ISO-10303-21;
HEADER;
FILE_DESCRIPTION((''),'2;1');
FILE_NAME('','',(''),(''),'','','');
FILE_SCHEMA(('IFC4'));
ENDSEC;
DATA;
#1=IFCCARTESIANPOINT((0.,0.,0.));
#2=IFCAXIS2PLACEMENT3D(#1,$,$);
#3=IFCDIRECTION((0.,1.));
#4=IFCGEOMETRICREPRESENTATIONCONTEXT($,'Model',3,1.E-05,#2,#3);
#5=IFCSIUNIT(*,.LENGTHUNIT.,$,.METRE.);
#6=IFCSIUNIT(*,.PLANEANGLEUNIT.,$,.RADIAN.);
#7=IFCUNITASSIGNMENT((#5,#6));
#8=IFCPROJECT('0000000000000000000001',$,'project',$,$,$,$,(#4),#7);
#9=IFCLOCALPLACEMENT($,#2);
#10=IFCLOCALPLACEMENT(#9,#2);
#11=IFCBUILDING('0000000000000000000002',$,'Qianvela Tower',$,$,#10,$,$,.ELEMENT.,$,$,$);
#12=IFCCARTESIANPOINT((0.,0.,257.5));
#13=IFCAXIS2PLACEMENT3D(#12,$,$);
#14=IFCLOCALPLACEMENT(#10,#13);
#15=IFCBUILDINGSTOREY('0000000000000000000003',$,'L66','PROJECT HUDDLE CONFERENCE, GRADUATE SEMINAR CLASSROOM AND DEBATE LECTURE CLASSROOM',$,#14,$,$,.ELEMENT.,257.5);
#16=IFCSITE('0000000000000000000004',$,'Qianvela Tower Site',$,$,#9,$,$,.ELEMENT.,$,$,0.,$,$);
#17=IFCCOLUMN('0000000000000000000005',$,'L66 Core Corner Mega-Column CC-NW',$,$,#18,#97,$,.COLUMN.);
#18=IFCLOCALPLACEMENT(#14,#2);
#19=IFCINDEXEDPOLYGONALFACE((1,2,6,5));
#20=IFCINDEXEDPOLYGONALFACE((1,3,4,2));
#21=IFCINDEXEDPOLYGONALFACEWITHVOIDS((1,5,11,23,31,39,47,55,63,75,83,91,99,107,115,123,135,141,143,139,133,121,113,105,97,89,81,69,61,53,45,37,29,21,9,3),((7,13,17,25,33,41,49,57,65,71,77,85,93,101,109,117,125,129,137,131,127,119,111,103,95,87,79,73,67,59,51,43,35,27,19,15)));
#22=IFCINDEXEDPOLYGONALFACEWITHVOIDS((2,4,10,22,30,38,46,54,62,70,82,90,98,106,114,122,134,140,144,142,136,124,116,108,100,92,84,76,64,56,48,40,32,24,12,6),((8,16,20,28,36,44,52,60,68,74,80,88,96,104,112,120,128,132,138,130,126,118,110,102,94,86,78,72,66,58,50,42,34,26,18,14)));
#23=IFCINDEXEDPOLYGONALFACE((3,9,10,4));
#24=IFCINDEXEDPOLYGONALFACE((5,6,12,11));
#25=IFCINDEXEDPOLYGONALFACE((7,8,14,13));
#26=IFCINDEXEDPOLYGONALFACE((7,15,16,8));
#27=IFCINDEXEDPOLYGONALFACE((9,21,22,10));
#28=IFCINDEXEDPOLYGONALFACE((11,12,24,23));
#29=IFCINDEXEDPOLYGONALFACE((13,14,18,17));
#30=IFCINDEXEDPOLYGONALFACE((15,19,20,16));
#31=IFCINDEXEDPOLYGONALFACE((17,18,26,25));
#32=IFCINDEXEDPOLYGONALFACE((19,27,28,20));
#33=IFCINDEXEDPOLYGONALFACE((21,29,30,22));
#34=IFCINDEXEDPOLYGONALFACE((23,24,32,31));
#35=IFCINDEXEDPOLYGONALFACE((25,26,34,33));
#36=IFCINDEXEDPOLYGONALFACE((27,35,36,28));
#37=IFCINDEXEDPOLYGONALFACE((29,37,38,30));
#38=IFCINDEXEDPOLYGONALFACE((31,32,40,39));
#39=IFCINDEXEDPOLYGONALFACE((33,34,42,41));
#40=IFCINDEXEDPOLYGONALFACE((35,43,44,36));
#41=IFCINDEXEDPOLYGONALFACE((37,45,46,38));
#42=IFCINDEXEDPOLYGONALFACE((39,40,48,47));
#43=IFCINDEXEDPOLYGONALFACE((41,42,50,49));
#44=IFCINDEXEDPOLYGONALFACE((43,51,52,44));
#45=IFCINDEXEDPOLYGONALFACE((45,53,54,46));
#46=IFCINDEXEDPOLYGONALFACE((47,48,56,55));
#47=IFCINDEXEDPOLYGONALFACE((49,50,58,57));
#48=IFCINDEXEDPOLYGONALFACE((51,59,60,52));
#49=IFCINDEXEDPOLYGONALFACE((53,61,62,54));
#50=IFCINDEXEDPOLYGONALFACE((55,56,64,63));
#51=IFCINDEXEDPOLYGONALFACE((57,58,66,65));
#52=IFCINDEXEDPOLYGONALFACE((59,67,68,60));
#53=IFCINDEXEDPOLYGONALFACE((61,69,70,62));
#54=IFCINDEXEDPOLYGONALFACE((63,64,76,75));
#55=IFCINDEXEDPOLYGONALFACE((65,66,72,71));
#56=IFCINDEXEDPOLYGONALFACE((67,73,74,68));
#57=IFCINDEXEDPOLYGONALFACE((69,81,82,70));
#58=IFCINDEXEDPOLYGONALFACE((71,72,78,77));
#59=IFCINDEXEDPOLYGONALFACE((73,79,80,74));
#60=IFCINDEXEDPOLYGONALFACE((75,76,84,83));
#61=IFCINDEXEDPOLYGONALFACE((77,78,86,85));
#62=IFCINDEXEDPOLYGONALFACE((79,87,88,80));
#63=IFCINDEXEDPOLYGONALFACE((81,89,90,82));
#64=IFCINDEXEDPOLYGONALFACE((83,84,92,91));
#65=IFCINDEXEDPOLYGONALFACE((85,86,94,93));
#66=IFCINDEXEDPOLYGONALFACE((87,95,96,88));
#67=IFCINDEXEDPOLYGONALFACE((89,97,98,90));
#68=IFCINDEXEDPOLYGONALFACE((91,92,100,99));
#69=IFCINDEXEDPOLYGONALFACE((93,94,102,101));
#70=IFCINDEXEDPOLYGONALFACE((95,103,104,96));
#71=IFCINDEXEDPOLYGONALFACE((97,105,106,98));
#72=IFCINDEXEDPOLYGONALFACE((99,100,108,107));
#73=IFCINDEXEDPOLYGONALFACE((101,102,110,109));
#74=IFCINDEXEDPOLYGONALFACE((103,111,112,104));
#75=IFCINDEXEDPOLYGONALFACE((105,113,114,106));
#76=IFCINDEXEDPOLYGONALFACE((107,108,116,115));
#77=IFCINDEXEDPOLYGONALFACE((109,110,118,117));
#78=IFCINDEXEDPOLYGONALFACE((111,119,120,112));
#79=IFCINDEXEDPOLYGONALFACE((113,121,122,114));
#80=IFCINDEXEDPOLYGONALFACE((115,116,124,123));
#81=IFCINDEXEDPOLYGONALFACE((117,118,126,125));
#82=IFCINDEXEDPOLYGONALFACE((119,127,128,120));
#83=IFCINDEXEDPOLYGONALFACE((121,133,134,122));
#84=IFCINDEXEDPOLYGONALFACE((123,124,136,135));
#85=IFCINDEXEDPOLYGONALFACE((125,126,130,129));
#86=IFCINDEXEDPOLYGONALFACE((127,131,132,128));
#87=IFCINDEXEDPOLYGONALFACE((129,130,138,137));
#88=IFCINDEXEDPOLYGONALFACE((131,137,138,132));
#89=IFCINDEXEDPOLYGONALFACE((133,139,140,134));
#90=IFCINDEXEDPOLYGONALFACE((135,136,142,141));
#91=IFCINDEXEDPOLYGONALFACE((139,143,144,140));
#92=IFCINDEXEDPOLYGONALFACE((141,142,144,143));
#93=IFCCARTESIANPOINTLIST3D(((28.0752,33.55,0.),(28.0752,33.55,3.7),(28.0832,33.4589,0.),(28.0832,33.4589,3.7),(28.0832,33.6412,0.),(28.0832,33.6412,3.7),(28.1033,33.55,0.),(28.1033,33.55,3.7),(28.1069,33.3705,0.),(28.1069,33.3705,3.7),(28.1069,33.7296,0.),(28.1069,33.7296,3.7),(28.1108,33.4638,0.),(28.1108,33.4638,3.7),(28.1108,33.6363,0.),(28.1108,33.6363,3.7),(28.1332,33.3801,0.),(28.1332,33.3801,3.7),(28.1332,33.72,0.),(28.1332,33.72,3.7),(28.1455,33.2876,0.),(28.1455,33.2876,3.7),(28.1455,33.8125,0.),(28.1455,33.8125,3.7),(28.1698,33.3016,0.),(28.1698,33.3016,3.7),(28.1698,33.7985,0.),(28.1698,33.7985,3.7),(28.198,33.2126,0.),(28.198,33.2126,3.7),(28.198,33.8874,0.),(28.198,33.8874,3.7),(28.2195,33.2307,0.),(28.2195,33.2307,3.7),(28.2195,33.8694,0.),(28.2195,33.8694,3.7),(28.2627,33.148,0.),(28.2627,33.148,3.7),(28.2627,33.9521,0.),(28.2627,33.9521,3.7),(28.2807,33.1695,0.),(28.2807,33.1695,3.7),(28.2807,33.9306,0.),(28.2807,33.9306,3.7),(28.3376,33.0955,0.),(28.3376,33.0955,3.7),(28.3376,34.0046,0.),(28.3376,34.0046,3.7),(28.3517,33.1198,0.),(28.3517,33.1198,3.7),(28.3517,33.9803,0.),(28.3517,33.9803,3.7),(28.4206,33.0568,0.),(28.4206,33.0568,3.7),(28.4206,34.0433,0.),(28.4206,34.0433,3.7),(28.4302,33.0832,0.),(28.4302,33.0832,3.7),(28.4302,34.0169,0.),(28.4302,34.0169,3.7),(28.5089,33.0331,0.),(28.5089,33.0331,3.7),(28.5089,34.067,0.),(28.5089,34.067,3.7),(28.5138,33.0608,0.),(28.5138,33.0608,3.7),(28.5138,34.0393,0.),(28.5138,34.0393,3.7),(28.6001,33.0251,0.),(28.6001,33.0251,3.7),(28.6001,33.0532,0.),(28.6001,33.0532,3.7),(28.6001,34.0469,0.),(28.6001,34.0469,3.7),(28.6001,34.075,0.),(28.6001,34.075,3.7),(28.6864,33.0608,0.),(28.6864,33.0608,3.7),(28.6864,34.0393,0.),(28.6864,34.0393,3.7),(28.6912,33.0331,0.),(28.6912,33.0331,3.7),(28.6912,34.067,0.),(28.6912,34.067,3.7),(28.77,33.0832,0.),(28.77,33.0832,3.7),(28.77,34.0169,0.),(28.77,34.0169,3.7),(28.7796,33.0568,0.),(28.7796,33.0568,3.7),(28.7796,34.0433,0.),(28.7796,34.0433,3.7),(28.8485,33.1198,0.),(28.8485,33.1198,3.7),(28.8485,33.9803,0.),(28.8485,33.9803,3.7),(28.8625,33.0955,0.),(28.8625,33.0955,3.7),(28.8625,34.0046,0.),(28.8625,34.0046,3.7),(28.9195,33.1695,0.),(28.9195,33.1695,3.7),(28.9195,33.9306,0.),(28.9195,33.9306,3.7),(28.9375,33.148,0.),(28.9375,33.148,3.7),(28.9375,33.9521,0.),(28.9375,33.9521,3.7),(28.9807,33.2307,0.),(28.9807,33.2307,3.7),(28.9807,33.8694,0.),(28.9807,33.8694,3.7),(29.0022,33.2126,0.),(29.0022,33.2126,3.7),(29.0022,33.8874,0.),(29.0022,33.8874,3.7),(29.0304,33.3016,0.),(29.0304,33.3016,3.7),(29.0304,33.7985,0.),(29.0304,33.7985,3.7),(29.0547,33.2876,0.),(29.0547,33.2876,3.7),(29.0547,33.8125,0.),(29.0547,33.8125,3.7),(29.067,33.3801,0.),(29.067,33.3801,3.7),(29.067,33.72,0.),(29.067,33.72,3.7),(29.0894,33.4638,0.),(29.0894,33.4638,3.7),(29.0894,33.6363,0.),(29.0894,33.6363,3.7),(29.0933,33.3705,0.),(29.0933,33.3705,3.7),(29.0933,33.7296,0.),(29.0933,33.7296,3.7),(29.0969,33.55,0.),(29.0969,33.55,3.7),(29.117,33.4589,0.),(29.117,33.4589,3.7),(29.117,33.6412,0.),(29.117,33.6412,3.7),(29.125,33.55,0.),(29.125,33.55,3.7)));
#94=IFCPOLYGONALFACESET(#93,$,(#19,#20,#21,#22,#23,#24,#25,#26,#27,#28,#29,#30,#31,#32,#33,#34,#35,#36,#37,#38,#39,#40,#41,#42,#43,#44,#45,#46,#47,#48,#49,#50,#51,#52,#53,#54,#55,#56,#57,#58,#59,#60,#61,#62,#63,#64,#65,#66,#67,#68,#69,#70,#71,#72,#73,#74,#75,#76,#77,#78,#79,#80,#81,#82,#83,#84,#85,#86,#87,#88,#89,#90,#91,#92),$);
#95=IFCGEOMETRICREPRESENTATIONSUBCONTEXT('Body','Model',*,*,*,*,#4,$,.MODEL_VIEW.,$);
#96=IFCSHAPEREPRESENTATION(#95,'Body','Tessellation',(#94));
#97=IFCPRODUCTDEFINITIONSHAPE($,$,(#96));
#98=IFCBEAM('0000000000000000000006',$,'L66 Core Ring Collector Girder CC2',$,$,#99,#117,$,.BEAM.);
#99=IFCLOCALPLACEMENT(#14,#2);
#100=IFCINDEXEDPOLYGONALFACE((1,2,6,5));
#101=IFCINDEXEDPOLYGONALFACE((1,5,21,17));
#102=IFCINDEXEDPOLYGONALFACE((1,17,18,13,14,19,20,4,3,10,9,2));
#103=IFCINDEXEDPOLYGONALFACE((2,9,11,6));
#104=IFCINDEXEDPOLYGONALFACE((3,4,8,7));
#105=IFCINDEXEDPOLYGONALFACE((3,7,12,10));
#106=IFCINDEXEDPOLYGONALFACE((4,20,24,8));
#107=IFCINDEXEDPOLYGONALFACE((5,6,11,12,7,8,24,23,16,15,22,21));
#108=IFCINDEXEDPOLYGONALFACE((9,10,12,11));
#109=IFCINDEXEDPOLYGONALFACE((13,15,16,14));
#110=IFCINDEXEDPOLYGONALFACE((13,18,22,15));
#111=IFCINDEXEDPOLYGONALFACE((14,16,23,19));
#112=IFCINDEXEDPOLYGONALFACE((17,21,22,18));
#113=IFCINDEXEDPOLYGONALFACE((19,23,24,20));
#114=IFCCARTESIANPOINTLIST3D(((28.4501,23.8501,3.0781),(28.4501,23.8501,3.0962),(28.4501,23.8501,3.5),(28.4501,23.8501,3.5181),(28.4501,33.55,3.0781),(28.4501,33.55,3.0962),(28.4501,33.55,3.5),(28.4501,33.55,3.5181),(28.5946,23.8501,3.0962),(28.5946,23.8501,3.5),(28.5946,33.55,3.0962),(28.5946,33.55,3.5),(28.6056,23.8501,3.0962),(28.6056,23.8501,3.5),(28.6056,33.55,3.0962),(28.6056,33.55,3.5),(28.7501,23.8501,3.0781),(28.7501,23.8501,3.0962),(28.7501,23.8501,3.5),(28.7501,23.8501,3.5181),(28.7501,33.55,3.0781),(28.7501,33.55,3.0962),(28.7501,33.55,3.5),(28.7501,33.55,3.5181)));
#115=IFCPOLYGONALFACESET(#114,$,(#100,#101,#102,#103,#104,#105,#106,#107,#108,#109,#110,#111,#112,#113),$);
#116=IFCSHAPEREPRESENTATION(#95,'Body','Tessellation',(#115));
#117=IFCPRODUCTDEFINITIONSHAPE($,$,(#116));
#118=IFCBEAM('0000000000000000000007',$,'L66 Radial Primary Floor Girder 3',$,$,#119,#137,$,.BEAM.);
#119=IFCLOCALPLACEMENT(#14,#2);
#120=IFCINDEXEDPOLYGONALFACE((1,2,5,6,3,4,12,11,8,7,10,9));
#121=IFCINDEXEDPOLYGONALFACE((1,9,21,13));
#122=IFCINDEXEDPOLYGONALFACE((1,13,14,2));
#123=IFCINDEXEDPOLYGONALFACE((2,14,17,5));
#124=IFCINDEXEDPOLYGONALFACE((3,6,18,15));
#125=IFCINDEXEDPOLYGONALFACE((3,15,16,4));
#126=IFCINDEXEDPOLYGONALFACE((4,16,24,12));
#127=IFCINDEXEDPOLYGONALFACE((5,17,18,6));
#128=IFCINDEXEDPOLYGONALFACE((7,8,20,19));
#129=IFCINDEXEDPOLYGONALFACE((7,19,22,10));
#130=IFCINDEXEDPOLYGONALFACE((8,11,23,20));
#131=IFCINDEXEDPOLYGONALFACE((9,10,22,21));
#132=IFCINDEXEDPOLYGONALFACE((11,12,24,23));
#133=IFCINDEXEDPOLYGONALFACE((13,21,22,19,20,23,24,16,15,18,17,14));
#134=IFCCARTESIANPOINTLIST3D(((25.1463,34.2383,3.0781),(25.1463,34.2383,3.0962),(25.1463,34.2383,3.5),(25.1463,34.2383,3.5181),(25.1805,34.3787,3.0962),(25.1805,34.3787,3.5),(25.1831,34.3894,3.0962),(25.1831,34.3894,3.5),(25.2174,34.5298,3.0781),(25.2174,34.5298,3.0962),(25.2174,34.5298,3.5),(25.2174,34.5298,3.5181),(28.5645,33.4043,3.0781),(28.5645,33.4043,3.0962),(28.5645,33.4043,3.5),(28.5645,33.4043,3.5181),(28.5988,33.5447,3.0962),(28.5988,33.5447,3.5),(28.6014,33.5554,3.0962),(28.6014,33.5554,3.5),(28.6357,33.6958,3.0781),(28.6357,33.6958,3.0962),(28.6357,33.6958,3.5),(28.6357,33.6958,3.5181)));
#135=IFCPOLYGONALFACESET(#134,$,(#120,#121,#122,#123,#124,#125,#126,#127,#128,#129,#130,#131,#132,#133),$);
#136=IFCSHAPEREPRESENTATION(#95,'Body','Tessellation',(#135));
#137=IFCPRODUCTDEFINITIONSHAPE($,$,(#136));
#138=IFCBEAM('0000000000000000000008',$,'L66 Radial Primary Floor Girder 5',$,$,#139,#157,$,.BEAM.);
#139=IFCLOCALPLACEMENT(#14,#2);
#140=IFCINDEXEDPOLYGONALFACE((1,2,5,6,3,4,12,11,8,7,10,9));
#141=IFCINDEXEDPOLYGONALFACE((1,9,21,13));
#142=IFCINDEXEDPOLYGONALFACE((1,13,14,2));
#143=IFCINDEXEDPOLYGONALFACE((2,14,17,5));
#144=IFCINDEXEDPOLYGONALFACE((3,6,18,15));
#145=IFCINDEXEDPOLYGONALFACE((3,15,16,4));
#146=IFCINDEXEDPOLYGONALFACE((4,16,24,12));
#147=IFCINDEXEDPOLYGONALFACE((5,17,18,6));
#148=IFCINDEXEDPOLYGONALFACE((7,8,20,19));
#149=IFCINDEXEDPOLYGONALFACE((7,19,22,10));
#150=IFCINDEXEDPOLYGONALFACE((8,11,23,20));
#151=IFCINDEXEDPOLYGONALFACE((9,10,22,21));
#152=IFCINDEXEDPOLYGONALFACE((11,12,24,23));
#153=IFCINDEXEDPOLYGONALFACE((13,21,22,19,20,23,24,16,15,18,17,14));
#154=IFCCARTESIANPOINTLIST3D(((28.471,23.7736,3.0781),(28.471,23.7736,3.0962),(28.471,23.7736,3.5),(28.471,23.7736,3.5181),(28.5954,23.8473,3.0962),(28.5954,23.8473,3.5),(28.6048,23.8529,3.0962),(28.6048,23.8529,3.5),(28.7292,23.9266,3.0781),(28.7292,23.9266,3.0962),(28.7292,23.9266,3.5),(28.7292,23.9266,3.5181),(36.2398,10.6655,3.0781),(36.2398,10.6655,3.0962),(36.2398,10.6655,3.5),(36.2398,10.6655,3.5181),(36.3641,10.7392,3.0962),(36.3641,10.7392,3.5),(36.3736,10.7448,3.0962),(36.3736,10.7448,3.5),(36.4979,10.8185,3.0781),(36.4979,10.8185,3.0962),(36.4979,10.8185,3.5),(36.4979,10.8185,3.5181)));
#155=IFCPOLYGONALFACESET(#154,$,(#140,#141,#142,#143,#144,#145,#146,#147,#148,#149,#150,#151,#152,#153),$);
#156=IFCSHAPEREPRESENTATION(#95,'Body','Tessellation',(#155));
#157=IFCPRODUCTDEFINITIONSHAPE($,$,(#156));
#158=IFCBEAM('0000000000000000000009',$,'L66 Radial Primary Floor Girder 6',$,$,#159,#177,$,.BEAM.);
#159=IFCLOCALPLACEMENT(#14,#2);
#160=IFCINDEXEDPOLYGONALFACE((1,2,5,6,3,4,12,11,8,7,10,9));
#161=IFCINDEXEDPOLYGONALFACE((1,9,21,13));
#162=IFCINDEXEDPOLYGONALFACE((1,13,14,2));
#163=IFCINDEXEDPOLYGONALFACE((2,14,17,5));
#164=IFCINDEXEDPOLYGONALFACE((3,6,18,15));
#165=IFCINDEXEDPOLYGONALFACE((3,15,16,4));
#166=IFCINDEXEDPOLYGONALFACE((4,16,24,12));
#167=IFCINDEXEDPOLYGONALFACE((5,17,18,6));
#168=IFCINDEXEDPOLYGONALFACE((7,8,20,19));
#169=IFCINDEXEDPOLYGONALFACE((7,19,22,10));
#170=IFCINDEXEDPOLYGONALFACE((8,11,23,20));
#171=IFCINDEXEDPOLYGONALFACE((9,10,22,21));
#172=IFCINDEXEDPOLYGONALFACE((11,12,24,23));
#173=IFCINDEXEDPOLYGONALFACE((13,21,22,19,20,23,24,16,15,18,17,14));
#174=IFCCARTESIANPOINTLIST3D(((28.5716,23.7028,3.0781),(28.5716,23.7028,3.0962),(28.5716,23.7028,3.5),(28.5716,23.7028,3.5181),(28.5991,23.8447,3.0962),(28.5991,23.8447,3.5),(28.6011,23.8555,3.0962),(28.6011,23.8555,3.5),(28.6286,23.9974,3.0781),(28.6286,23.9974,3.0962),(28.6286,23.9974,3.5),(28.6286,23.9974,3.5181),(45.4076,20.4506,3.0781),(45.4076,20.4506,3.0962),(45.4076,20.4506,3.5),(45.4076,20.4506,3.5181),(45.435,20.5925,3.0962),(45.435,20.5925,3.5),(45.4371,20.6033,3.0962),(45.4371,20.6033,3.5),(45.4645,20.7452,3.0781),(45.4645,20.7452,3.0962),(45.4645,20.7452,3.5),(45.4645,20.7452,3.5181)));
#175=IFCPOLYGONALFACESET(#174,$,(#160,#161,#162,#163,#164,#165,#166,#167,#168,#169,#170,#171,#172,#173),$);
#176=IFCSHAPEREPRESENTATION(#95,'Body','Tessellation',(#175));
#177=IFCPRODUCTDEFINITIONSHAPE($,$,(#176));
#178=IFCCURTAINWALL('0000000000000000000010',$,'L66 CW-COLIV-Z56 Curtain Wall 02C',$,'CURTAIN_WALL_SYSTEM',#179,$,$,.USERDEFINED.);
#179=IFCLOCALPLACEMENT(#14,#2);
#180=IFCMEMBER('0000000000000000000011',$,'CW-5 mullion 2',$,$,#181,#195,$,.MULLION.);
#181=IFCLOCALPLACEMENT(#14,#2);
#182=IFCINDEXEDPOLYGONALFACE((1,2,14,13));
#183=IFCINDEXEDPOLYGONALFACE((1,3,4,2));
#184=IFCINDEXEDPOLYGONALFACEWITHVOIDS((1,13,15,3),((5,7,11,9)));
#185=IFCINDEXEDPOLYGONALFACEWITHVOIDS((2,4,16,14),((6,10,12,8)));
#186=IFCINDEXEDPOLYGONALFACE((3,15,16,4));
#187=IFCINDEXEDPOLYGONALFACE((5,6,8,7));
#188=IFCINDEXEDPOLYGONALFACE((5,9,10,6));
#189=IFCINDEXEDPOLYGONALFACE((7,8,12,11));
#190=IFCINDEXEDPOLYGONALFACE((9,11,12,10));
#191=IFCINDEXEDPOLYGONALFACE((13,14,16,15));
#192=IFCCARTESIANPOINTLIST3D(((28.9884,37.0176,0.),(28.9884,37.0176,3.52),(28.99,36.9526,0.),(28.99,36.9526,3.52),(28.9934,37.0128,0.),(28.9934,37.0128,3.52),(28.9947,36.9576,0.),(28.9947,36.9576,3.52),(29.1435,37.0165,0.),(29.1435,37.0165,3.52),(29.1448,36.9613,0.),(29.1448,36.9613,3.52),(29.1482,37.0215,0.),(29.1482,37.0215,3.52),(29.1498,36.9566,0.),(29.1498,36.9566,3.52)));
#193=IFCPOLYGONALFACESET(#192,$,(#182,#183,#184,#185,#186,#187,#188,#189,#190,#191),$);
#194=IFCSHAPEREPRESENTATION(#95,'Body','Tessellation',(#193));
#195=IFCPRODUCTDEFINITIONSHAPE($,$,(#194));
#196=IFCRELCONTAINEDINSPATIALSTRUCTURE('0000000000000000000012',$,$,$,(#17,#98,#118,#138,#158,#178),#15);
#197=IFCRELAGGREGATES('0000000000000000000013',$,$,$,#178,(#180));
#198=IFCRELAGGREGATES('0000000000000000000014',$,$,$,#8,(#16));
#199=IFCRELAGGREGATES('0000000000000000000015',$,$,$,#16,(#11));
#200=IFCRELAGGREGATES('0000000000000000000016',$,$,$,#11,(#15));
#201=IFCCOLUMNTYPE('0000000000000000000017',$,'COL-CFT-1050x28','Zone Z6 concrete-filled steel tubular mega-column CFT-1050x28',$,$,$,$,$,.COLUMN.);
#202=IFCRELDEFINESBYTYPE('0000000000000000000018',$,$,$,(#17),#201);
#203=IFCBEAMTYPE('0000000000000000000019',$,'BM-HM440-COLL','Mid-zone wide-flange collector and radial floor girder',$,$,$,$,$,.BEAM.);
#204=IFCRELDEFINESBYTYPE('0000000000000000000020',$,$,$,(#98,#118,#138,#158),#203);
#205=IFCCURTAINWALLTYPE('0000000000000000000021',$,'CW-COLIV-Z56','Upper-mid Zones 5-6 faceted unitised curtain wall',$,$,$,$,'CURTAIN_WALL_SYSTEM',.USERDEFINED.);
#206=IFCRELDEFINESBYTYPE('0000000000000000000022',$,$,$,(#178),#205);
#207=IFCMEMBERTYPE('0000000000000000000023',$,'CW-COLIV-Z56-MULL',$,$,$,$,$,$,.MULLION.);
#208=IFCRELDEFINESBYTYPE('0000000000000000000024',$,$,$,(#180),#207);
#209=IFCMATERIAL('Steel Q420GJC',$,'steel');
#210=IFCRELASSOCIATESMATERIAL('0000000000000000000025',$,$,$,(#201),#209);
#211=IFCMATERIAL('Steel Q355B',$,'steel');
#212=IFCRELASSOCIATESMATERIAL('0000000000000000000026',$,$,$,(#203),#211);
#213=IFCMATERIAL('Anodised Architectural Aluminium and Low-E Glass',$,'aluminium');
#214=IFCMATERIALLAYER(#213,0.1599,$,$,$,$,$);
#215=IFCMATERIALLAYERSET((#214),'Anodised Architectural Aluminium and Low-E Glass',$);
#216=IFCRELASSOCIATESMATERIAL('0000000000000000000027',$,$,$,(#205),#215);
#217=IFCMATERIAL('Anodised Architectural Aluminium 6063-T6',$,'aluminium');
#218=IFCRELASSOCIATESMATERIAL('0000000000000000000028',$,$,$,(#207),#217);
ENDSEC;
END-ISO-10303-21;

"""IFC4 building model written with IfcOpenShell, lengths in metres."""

from ifc_helpers import new_model, si_unit, direction, frame, origin, origin_2d, place, context, subcontext, project, spatial, hollow_rectangle, hollow_circle, i_section, extrude, material, layer, layer_set, material_profile, profile_set, type_object, element, aggregate, save


model = new_model("IFC4")

# Units and contexts
model_context = context("Model", 3, precision=1e-05, world=origin(), true_north=direction((0.0, 1.0)))
body_context = subcontext(model_context, "Body", "Model", "MODEL_VIEW")
ifc_project = project(units=[si_unit("LENGTHUNIT", "METRE"), si_unit("PLANEANGLEUNIT", "RADIAN")], contexts=[model_context])

# Site, building, storey
site_placement = place(None, origin())
site = spatial("IfcSite", under=ifc_project, at=site_placement, Name="Qianvela Tower Site", CompositionType="ELEMENT", RefElevation=0.0)
building_placement = place(site_placement, origin())
building = spatial("IfcBuilding", under=site, at=building_placement, Name="Qianvela Tower", CompositionType="ELEMENT")
storey_placement = place(building_placement, frame((0.0, 0.0, 257.5)))
storey = spatial("IfcBuildingStorey", under=building, at=storey_placement, Name="L66", Description="PROJECT HUDDLE CONFERENCE, GRADUATE SEMINAR CLASSROOM AND DEBATE LECTURE CLASSROOM", CompositionType="ELEMENT", Elevation=257.5)

# Column
ifc_material_1 = material(Name="Steel Q420GJC", Category="steel")
ifc_material_profile_1 = material_profile(ifc_material_1, hollow_circle(Radius=0.5249, WallThickness=0.0281, at=origin_2d()), Name="CFT-1050x28")
ifc_profile_set_1 = profile_set([ifc_material_profile_1], Name="Steel Q420GJC")
column_type = type_object("IfcColumnType", Name="COL-CFT-1050x28", Description="Zone Z6 concrete-filled steel tubular mega-column CFT-1050x28", PredefinedType="COLUMN", material=ifc_profile_set_1)
column_placement = place(storey_placement, frame((28.6001, 33.55, 0.0), z_axis=(0.0, 0.0, 1.0), x_axis=(1.0, 0.0, 0.0)))
element("IfcColumn", 1, at=column_placement, inside=storey, type_object=column_type, Name="L66 Core Corner Mega-Column CC-NW", PredefinedType="COLUMN", context=body_context, shape_type="SweptSolid", body=[
    extrude(hollow_circle(Radius=0.5249, WallThickness=0.0281, at=origin_2d()), origin(), (0.0, 0.0, 1.0), 3.7),
])

# Beams
ifc_material_2 = material(Name="Steel Q355B", Category="steel")
ifc_material_profile_2 = material_profile(ifc_material_2, i_section(OverallWidth=0.3, OverallDepth=0.4399, WebThickness=0.011, FlangeThickness=0.0181, at=origin_2d()), Name="HM440x300x11x18")
ifc_profile_set_2 = profile_set([ifc_material_profile_2], Name="Steel Q355B")
beam_type = type_object("IfcBeamType", Name="BM-HM440-COLL", Description="Mid-zone wide-flange collector and radial floor girder", PredefinedType="BEAM", material=ifc_profile_set_2)
beam_1_placement = place(storey_placement, frame((28.6001, 33.55, 3.2981), z_axis=(0.0, -1.0, 0.0), x_axis=(1.0, 0.0, 0.0)))
element("IfcBeam", 2, at=beam_1_placement, inside=storey, type_object=beam_type, Name="L66 Core Ring Collector Girder CC2", PredefinedType="BEAM", context=body_context, shape_type="SweptSolid", body=[
    extrude(i_section(OverallWidth=0.3, OverallDepth=0.4399, WebThickness=0.011, FlangeThickness=0.0181, at=origin_2d()), origin(), (0.0, 0.0, 1.0), 9.7),
])
beam_2_placement = place(storey_placement, frame((28.6001, 33.55, 3.2981), z_axis=(-0.971502, 0.23703, 0.0), x_axis=(-0.23703, -0.971502, 0.0)))
element("IfcBeam", 3, at=beam_2_placement, inside=storey, type_object=beam_type, Name="L66 Radial Primary Floor Girder 3", PredefinedType="BEAM", context=body_context, shape_type="SweptSolid", body=[
    extrude(i_section(OverallWidth=0.3, OverallDepth=0.4399, WebThickness=0.011, FlangeThickness=0.0181, at=origin_2d()), origin(), (0.0, 0.0, 1.0), 3.5186),
])
beam_3_placement = place(storey_placement, frame((28.6001, 23.8501, 3.2981), z_axis=(0.509851, -0.860263, 0.0), x_axis=(0.860263, 0.509851, 0.0)))
element("IfcBeam", 4, at=beam_3_placement, inside=storey, type_object=beam_type, Name="L66 Radial Primary Floor Girder 5", PredefinedType="BEAM", context=body_context, shape_type="SweptSolid", body=[
    extrude(i_section(OverallWidth=0.3, OverallDepth=0.4399, WebThickness=0.011, FlangeThickness=0.0181, at=origin_2d()), origin(), (0.0, 0.0, 1.0), 15.2373),
])
beam_4_placement = place(storey_placement, frame((28.6001, 23.8501, 3.2981), z_axis=(0.981849, -0.189664, 0.0), x_axis=(0.189664, 0.981849, 0.0)))
element("IfcBeam", 5, at=beam_4_placement, inside=storey, type_object=beam_type, Name="L66 Radial Primary Floor Girder 6", PredefinedType="BEAM", context=body_context, shape_type="SweptSolid", body=[
    extrude(i_section(OverallWidth=0.3, OverallDepth=0.4399, WebThickness=0.011, FlangeThickness=0.0181, at=origin_2d()), origin(), (0.0, 0.0, 1.0), 17.1472),
])

# Curtain wall, member
ifc_material_3 = material(Name="Anodised Architectural Aluminium and Low-E Glass", Category="aluminium")
ifc_layer_1 = layer(ifc_material_3, 0.1599)
ifc_layer_set_1 = layer_set([ifc_layer_1], Name="Anodised Architectural Aluminium and Low-E Glass")
curtain_wall_type = type_object("IfcCurtainWallType", Name="CW-COLIV-Z56", Description="Upper-mid Zones 5-6 faceted unitised curtain wall", ElementType="CURTAIN_WALL_SYSTEM", PredefinedType="USERDEFINED", material=ifc_layer_set_1)
curtain_wall_placement = place(storey_placement, origin())
curtain_wall = element("IfcCurtainWall", 6, at=curtain_wall_placement, inside=storey, type_object=curtain_wall_type, Name="L66 CW-COLIV-Z56 Curtain Wall 02C", ObjectType="CURTAIN_WALL_SYSTEM", PredefinedType="USERDEFINED")
ifc_material_4 = material(Name="Anodised Architectural Aluminium 6063-T6", Category="aluminium")
ifc_material_profile_3 = material_profile(ifc_material_4, hollow_rectangle(XDim=0.0649, YDim=0.1599, WallThickness=0.0049, at=origin_2d()), Name="ALU-MULL-65x160")
ifc_profile_set_3 = profile_set([ifc_material_profile_3], Name="Anodised Architectural Aluminium 6063-T6")
member_type_1 = type_object("IfcMemberType", Name="CW-COLIV-Z56-MULL", PredefinedType="MULLION", material=ifc_profile_set_3)
member_1_placement = place(storey_placement, frame((29.0691, 36.9871, 0.0), z_axis=(0.0, 0.0, 1.0), x_axis=(0.024558, -0.999698, 0.0)))
member_1 = element("IfcMember", 7, at=member_1_placement, type_object=member_type_1, Name="CW-5 mullion 2", PredefinedType="MULLION", context=body_context, shape_type="SweptSolid", body=[
    extrude(hollow_rectangle(XDim=0.0649, YDim=0.1599, WallThickness=0.0049, at=origin_2d()), origin(), (0.0, 0.0, 1.0), 3.52),
])
aggregate(curtain_wall, [member_1])

save(model, "model.ifc")
